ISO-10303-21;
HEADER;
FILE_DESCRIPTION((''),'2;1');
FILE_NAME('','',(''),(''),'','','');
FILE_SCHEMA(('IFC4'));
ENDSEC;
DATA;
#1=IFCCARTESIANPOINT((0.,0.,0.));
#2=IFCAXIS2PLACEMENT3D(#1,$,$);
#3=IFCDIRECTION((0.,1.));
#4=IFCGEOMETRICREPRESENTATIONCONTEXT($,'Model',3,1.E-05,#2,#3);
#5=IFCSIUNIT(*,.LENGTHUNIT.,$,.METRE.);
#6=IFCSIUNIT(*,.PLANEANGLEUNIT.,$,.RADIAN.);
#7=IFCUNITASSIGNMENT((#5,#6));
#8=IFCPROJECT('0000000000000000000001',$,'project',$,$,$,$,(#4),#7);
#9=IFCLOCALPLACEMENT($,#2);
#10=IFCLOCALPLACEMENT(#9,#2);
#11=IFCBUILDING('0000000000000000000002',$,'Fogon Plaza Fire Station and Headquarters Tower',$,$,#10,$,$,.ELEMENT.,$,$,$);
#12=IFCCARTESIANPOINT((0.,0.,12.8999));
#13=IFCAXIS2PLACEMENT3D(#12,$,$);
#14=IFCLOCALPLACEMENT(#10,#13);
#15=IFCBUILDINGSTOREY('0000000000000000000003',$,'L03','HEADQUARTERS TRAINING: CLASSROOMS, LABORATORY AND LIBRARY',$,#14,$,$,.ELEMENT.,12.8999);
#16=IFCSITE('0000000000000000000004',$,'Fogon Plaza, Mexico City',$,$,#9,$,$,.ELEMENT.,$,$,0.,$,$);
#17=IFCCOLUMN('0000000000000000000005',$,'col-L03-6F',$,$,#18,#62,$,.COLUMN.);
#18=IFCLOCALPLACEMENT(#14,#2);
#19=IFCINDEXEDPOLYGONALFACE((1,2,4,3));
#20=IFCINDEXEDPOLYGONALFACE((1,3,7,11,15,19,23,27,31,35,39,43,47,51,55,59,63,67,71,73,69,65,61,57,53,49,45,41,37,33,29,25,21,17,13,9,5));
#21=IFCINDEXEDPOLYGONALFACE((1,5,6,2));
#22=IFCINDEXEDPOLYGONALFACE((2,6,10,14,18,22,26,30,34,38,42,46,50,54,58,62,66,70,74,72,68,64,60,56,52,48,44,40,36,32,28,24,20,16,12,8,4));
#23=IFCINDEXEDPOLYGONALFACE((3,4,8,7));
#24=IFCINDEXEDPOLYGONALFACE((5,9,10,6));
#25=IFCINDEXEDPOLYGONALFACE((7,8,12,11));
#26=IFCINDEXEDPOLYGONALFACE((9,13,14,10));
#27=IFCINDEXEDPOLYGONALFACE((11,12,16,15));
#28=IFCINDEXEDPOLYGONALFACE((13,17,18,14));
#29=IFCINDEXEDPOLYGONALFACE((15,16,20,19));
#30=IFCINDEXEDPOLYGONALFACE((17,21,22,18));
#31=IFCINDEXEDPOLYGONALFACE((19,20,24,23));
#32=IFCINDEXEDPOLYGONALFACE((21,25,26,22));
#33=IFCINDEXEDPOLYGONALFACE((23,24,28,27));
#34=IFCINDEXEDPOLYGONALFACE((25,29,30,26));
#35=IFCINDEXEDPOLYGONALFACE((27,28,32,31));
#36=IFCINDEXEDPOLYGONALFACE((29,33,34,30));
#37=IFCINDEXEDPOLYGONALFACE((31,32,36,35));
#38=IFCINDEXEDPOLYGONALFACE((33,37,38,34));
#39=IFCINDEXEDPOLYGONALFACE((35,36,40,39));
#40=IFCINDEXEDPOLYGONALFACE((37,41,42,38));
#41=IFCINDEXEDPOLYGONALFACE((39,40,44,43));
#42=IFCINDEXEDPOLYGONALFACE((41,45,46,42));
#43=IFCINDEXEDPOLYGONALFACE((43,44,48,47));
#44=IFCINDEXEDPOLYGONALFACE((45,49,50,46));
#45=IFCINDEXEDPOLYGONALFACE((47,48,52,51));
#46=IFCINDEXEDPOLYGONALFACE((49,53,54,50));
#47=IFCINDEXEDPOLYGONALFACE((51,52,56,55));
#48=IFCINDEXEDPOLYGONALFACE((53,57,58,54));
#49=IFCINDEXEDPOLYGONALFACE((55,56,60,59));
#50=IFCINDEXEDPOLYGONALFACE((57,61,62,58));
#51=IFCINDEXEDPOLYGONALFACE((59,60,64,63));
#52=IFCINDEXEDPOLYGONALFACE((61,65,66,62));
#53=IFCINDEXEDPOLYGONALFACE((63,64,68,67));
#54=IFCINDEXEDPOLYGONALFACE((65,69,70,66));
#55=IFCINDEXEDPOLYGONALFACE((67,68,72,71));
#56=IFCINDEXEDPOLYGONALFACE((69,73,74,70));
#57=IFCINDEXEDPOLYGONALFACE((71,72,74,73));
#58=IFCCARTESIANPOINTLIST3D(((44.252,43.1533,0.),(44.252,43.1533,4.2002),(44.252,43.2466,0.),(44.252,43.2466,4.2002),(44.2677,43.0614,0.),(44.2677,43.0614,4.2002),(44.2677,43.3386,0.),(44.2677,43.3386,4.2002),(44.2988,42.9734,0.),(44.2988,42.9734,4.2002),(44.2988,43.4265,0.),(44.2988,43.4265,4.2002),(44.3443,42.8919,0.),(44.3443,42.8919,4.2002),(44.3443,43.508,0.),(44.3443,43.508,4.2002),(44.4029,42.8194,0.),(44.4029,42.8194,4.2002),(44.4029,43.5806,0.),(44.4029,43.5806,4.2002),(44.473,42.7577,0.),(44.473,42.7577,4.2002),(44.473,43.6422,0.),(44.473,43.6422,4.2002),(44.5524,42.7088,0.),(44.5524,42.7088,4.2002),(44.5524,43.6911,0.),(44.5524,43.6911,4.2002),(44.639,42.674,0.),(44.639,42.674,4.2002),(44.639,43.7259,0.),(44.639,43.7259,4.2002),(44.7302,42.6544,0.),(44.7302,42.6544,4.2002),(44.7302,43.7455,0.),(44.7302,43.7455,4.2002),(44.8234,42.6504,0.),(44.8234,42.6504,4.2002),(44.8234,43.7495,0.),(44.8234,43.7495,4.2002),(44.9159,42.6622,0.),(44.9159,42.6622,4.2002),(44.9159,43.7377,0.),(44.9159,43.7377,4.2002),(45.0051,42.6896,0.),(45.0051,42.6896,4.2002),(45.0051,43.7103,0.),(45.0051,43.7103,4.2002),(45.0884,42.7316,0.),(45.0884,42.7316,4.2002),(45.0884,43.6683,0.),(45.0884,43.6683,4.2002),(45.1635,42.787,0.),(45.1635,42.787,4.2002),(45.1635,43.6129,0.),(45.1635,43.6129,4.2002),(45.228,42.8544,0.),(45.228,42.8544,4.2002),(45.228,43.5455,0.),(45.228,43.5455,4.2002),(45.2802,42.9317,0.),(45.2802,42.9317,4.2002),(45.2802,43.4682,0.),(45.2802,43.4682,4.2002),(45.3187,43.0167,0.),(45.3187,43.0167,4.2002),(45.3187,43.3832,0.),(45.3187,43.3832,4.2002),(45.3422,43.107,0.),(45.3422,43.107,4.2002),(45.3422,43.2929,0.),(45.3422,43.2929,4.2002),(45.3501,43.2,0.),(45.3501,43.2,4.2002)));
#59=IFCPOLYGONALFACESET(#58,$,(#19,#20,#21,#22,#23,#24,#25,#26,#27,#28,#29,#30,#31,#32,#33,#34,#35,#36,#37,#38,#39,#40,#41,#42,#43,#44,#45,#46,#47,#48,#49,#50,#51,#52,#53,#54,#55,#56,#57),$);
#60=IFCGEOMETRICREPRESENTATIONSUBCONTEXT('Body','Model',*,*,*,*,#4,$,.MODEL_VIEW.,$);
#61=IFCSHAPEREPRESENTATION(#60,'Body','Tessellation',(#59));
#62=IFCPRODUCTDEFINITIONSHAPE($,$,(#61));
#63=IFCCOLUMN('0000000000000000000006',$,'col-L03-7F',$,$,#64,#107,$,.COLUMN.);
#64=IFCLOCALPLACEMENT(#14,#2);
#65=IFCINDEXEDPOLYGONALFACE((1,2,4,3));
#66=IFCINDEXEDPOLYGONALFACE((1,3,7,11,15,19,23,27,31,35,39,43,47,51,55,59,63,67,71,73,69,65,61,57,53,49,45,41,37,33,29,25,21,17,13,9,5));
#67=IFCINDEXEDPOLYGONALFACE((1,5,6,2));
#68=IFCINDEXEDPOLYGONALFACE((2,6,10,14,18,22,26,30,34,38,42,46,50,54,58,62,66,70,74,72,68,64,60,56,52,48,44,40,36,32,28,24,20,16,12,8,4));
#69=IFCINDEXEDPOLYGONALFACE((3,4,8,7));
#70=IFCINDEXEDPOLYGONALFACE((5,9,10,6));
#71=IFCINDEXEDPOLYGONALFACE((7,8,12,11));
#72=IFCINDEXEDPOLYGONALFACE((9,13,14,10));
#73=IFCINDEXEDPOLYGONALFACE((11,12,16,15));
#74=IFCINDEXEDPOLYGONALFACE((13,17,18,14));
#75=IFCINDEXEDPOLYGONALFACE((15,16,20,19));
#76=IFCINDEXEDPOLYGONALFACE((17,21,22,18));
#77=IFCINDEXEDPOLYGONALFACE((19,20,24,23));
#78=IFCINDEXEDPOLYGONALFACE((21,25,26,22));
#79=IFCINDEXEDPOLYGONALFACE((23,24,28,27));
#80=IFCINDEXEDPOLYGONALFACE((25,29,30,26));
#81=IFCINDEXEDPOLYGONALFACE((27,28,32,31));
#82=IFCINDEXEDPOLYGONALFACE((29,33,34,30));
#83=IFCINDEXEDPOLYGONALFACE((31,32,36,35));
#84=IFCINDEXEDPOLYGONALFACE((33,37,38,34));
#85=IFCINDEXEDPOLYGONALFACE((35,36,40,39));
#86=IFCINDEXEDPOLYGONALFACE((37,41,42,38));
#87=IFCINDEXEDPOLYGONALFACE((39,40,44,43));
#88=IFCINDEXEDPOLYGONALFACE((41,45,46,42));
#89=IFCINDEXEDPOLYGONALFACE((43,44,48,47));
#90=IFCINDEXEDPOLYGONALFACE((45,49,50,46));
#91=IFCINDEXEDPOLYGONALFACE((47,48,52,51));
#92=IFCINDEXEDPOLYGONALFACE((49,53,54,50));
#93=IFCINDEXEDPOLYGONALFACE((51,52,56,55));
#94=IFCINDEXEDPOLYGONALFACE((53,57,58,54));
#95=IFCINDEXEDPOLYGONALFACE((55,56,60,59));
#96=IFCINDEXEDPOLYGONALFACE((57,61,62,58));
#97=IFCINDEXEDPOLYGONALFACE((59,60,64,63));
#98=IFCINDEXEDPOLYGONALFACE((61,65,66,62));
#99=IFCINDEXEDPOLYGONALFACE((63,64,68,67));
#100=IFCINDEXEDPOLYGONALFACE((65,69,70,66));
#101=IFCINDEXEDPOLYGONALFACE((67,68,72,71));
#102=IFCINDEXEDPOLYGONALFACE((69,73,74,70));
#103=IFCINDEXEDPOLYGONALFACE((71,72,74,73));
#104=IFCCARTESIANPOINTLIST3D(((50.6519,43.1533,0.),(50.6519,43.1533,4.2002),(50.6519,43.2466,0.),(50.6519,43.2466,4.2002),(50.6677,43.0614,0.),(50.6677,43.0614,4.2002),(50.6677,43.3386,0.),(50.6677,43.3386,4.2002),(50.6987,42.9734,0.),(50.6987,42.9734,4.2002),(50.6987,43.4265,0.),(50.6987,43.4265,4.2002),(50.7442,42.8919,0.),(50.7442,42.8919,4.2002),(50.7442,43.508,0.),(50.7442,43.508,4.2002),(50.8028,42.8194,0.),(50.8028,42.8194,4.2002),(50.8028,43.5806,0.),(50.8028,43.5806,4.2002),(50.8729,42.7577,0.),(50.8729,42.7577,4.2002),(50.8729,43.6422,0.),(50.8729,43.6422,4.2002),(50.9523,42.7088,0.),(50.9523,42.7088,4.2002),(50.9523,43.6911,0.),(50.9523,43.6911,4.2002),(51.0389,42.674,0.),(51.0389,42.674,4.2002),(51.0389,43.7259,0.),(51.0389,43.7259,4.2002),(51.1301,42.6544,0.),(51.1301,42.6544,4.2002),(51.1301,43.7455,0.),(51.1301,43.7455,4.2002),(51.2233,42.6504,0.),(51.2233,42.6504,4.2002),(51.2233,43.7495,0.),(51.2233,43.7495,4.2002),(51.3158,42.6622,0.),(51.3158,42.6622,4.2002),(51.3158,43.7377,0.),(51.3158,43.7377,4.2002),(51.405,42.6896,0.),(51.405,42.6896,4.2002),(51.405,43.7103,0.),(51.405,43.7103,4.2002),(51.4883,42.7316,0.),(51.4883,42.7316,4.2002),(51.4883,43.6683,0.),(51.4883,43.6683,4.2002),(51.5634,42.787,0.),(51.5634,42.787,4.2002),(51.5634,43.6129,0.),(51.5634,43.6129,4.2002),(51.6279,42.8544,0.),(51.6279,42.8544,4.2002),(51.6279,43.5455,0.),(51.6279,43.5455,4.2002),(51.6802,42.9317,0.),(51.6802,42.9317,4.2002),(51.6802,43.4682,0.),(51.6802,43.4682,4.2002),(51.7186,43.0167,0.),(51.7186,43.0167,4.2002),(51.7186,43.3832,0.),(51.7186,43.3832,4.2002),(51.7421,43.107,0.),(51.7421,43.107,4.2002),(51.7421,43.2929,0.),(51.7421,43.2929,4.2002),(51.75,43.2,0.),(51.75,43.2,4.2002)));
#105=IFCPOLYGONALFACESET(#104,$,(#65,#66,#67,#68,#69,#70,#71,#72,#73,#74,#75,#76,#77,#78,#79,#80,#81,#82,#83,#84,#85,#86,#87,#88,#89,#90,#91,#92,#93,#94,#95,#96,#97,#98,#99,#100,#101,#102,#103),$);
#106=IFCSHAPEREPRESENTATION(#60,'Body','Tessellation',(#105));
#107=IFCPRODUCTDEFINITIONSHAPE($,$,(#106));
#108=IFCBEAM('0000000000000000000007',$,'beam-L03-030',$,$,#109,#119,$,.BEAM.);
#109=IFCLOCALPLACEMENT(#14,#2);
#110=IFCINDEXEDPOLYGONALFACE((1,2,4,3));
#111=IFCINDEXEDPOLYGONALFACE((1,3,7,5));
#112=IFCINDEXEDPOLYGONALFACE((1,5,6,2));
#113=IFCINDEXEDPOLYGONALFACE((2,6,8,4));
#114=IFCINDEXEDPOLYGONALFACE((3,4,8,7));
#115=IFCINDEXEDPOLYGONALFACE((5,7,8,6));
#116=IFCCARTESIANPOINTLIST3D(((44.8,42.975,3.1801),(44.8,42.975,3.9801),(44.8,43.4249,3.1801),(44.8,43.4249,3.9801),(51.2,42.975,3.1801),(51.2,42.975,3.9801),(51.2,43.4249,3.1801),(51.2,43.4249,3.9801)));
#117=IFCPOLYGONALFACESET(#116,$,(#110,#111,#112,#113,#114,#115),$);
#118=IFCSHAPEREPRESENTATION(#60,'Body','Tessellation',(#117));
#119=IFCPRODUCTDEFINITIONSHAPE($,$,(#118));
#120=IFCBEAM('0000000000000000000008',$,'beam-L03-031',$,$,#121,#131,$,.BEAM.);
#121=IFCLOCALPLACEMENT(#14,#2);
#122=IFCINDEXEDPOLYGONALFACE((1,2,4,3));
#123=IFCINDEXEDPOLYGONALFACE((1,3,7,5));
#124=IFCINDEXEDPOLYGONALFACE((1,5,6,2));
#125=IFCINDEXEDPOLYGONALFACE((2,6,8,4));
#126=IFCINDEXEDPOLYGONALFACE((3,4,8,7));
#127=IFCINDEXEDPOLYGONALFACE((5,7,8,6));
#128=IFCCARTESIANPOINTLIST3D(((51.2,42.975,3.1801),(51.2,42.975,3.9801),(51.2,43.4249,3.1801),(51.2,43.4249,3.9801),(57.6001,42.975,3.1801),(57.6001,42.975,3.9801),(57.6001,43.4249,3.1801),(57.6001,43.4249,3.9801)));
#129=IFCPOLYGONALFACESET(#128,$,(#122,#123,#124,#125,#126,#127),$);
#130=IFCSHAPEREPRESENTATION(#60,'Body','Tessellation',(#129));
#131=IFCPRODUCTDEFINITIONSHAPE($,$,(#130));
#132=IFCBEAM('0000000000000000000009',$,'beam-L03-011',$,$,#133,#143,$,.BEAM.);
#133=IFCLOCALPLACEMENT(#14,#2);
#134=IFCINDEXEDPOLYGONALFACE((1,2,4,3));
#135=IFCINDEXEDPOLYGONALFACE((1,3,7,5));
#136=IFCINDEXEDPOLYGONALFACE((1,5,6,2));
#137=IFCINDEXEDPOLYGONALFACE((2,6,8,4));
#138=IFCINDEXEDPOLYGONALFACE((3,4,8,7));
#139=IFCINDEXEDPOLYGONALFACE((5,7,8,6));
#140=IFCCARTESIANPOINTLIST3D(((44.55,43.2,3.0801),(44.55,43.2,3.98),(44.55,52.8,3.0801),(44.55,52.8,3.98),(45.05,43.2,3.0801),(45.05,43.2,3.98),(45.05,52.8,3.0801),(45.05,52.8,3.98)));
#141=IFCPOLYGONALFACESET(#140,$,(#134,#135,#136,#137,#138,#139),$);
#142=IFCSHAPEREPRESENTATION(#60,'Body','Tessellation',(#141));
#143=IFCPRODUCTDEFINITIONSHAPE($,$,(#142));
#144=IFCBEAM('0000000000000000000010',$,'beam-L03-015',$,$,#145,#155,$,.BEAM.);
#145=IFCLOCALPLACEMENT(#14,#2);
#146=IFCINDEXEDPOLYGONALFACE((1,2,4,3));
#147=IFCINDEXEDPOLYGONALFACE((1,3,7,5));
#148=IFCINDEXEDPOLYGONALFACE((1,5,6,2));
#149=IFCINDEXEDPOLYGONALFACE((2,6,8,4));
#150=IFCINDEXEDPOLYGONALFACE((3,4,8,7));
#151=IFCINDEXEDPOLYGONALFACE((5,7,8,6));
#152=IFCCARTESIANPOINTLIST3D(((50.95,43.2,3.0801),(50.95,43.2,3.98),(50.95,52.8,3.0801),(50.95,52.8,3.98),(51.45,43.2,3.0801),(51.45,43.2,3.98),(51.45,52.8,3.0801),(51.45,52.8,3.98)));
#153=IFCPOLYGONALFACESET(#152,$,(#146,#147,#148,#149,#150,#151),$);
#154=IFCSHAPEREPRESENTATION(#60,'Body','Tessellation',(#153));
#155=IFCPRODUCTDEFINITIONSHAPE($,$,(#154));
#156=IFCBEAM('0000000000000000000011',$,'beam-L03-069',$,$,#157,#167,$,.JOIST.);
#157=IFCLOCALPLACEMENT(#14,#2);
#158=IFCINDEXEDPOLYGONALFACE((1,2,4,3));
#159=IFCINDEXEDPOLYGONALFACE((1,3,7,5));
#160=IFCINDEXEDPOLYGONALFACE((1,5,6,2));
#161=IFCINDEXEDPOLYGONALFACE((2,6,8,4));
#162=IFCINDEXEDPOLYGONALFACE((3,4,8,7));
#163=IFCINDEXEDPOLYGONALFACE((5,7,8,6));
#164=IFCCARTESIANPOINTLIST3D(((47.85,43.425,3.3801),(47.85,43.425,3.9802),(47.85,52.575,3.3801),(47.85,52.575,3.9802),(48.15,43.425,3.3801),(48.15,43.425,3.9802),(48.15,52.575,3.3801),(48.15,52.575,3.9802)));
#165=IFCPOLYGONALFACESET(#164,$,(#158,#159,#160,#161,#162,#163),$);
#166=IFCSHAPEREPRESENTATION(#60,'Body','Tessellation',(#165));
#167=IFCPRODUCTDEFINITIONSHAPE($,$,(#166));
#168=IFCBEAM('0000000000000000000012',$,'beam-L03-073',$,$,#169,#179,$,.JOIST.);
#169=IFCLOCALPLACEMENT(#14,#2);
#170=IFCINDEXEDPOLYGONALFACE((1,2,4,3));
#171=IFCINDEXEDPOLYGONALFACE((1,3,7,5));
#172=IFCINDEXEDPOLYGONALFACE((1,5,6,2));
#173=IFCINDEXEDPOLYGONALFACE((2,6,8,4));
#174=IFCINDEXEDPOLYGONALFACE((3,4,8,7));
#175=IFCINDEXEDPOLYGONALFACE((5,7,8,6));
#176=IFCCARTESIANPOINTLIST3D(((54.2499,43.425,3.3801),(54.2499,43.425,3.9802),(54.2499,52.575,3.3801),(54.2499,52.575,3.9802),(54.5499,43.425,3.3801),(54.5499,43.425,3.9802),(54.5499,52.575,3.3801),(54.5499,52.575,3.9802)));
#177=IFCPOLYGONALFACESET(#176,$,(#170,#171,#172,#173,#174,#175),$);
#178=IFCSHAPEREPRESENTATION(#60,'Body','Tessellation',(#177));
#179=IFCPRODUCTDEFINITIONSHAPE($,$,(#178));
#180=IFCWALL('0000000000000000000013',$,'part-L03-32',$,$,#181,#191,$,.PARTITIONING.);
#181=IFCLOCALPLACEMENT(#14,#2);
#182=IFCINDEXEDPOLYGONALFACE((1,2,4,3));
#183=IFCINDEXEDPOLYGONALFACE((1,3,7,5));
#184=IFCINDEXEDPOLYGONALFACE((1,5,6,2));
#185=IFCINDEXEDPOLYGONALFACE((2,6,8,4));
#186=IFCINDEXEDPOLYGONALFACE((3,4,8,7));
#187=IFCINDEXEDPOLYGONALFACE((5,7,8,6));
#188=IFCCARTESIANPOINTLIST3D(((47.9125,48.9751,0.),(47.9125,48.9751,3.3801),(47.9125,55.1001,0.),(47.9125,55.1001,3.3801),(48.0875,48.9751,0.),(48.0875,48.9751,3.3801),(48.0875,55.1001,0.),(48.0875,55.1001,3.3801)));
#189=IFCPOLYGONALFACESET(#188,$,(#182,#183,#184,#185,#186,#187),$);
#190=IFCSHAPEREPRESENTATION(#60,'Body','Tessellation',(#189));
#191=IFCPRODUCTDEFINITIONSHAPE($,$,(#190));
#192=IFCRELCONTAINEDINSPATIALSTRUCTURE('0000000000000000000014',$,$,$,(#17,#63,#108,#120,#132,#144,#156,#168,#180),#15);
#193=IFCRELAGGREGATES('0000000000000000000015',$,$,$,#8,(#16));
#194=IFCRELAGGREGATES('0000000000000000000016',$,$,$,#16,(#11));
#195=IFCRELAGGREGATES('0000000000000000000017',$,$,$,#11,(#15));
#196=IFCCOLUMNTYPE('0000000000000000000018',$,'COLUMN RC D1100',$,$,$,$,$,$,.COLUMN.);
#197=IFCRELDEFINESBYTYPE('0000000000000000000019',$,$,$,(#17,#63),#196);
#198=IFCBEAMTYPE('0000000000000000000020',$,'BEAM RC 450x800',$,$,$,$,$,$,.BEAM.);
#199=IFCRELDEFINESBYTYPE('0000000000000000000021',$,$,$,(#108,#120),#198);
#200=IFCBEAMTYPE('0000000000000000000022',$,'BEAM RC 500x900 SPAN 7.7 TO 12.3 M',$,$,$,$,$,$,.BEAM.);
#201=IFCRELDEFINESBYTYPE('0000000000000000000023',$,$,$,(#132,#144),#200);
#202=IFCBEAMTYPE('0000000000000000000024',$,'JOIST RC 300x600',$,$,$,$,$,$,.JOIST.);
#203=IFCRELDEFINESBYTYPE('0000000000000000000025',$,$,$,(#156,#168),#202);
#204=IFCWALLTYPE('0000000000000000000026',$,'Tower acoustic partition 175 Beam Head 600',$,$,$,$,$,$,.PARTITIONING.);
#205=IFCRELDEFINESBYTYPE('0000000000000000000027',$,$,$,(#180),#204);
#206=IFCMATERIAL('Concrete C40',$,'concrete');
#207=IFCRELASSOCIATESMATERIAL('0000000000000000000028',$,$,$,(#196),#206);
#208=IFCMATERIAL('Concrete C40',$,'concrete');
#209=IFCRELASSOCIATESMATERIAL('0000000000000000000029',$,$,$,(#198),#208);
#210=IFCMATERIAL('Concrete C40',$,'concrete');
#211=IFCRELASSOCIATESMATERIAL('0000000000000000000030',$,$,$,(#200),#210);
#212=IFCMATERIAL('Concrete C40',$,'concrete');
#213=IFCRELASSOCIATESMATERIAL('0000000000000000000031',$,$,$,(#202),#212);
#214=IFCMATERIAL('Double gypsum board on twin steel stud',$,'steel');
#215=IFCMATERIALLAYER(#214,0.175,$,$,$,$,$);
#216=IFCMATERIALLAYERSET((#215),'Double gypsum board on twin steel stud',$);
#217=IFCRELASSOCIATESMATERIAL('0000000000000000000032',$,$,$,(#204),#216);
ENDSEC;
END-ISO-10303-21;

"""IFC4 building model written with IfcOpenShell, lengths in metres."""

from ifc_helpers import new_model, si_unit, direction, frame, frame_2d, origin, origin_2d, place, context, subcontext, project, spatial, rectangle, circle, extrude, material, layer, layer_set, material_profile, profile_set, type_object, element, save


model = new_model("IFC4")

# Units and contexts
model_context = context("Model", 3, precision=1e-05, world=origin(), true_north=direction((0.0, 1.0)))
body_context = subcontext(model_context, "Body", "Model", "MODEL_VIEW")
ifc_project = project(units=[si_unit("LENGTHUNIT", "METRE"), si_unit("PLANEANGLEUNIT", "RADIAN")], contexts=[model_context])

# Site, building, storey
site_placement = place(None, origin())
site = spatial("IfcSite", under=ifc_project, at=site_placement, Name="Fogon Plaza, Mexico City", CompositionType="ELEMENT", RefElevation=0.0)
building_placement = place(site_placement, origin())
building = spatial("IfcBuilding", under=site, at=building_placement, Name="Fogon Plaza Fire Station and Headquarters Tower", CompositionType="ELEMENT")
storey_placement = place(building_placement, frame((0.0, 0.0, 12.8999)))
storey = spatial("IfcBuildingStorey", under=building, at=storey_placement, Name="L03", Description="HEADQUARTERS TRAINING: CLASSROOMS, LABORATORY AND LIBRARY", CompositionType="ELEMENT", Elevation=12.8999)

# Columns
ifc_material_1 = material(Name="Concrete C40", Category="concrete")
ifc_material_profile_1 = material_profile(ifc_material_1, circle(Radius=0.55, at=origin_2d()), Name="RC D1100")
ifc_profile_set_1 = profile_set([ifc_material_profile_1], Name="Concrete C40")
column_type = type_object("IfcColumnType", Name="COLUMN RC D1100", PredefinedType="COLUMN", material=ifc_profile_set_1)
for number, where, z_axis, x_axis, name in (
    (1, (44.8, 43.2, 0.0), (0.0, 0.0, 1.0), (1.0, 0.0, 0.0), "col-L03-6F"),
    (2, (51.2, 43.2, 0.0), (0.0, 0.0, 1.0), (1.0, 0.0, 0.0), "col-L03-7F"),
):
    element("IfcColumn", number, at=place(storey_placement, frame(where, z_axis=z_axis, x_axis=x_axis)), inside=storey, type_object=column_type, Name=name, PredefinedType="COLUMN", context=body_context, shape_type="SweptSolid", body=[
        extrude(circle(Radius=0.55, at=origin_2d()), origin(), (0.0, 0.0, 1.0), 4.2002),
    ])

# Beams
ifc_material_2 = material(Name="Concrete C40", Category="concrete")
ifc_material_profile_2 = material_profile(ifc_material_2, rectangle(XDim=0.45, YDim=0.8, at=origin_2d()), Name="RC 450x800")
ifc_profile_set_2 = profile_set([ifc_material_profile_2], Name="Concrete C40")
beam_type_1 = type_object("IfcBeamType", Name="BEAM RC 450x800", PredefinedType="BEAM", material=ifc_profile_set_2)
beam_1_placement = place(storey_placement, frame((44.8, 43.2, 3.5801), z_axis=(1.0, 0.0, 0.0), x_axis=(0.0, 1.0, 0.0)))
element("IfcBeam", 3, at=beam_1_placement, inside=storey, type_object=beam_type_1, Name="beam-L03-030", PredefinedType="BEAM", context=body_context, shape_type="SweptSolid", body=[
    extrude(rectangle(XDim=0.45, YDim=0.8, at=origin_2d()), origin(), (0.0, 0.0, 1.0), 6.3999),
])
beam_2_placement = place(storey_placement, frame((51.2, 43.2, 3.5801), z_axis=(1.0, 0.0, 0.0), x_axis=(0.0, 1.0, 0.0)))
element("IfcBeam", 4, at=beam_2_placement, inside=storey, type_object=beam_type_1, Name="beam-L03-031", PredefinedType="BEAM", context=body_context, shape_type="SweptSolid", body=[
    extrude(rectangle(XDim=0.45, YDim=0.8, at=origin_2d()), origin(), (0.0, 0.0, 1.0), 6.4001),
])
ifc_material_3 = material(Name="Concrete C40", Category="concrete")
ifc_material_profile_3 = material_profile(ifc_material_3, rectangle(XDim=0.5, YDim=0.8999, at=origin_2d()), Name="RC 500x900")
ifc_profile_set_3 = profile_set([ifc_material_profile_3], Name="Concrete C40")
beam_type_2 = type_object("IfcBeamType", Name="BEAM RC 500x900 SPAN 7.7 TO 12.3 M", PredefinedType="BEAM", material=ifc_profile_set_3)
for number, where, z_axis, x_axis, name in (
    (5, (44.8, 43.2, 3.53), (0.0, 1.0, 0.0), (-1.0, 0.0, 0.0), "beam-L03-011"),
    (6, (51.2, 43.2, 3.53), (0.0, 1.0, 0.0), (-1.0, 0.0, 0.0), "beam-L03-015"),
):
    element("IfcBeam", number, at=place(storey_placement, frame(where, z_axis=z_axis, x_axis=x_axis)), inside=storey, type_object=beam_type_2, Name=name, PredefinedType="BEAM", context=body_context, shape_type="SweptSolid", body=[
        extrude(rectangle(XDim=0.5, YDim=0.8999, at=origin_2d()), origin(), (0.0, 0.0, 1.0), 9.6001),
    ])
ifc_material_4 = material(Name="Concrete C40", Category="concrete")
ifc_material_profile_4 = material_profile(ifc_material_4, rectangle(XDim=0.3, YDim=0.6001, at=origin_2d()), Name="RC 300x600")
ifc_profile_set_4 = profile_set([ifc_material_profile_4], Name="Concrete C40")
beam_type_3 = type_object("IfcBeamType", Name="JOIST RC 300x600", PredefinedType="JOIST", material=ifc_profile_set_4)
for number, where, z_axis, x_axis, name in (
    (7, (48.0, 43.425, 3.6802), (0.0, 1.0, 0.0), (-1.0, 0.0, 0.0), "beam-L03-069"),
    (8, (54.3999, 43.425, 3.6802), (0.0, 1.0, 0.0), (-1.0, 0.0, 0.0), "beam-L03-073"),
):
    element("IfcBeam", number, at=place(storey_placement, frame(where, z_axis=z_axis, x_axis=x_axis)), inside=storey, type_object=beam_type_3, Name=name, PredefinedType="JOIST", context=body_context, shape_type="SweptSolid", body=[
        extrude(rectangle(XDim=0.3, YDim=0.6001, at=origin_2d()), origin(), (0.0, 0.0, 1.0), 9.1499),
    ])

# Wall
ifc_material_5 = material(Name="Double gypsum board on twin steel stud", Category="steel")
ifc_layer_1 = layer(ifc_material_5, 0.175)
ifc_layer_set_1 = layer_set([ifc_layer_1], Name="Double gypsum board on twin steel stud")
wall_type_1 = type_object("IfcWallType", Name="Tower acoustic partition 175 Beam Head 600", PredefinedType="PARTITIONING", material=ifc_layer_set_1)
wall_1_placement = place(storey_placement, frame((48.0, 48.9751, 0.0), z_axis=(0.0, 0.0, 1.0), x_axis=(0.0, 1.0, 0.0)))
element("IfcWall", 9, at=wall_1_placement, inside=storey, type_object=wall_type_1, Name="part-L03-32", PredefinedType="PARTITIONING", context=body_context, shape_type="SweptSolid", body=[
    extrude(rectangle(XDim=6.125, YDim=0.175, at=frame_2d((3.0625, 0.0))), origin(), (0.0, 0.0, 1.0), 3.3801),
])

save(model, "model.ifc")
